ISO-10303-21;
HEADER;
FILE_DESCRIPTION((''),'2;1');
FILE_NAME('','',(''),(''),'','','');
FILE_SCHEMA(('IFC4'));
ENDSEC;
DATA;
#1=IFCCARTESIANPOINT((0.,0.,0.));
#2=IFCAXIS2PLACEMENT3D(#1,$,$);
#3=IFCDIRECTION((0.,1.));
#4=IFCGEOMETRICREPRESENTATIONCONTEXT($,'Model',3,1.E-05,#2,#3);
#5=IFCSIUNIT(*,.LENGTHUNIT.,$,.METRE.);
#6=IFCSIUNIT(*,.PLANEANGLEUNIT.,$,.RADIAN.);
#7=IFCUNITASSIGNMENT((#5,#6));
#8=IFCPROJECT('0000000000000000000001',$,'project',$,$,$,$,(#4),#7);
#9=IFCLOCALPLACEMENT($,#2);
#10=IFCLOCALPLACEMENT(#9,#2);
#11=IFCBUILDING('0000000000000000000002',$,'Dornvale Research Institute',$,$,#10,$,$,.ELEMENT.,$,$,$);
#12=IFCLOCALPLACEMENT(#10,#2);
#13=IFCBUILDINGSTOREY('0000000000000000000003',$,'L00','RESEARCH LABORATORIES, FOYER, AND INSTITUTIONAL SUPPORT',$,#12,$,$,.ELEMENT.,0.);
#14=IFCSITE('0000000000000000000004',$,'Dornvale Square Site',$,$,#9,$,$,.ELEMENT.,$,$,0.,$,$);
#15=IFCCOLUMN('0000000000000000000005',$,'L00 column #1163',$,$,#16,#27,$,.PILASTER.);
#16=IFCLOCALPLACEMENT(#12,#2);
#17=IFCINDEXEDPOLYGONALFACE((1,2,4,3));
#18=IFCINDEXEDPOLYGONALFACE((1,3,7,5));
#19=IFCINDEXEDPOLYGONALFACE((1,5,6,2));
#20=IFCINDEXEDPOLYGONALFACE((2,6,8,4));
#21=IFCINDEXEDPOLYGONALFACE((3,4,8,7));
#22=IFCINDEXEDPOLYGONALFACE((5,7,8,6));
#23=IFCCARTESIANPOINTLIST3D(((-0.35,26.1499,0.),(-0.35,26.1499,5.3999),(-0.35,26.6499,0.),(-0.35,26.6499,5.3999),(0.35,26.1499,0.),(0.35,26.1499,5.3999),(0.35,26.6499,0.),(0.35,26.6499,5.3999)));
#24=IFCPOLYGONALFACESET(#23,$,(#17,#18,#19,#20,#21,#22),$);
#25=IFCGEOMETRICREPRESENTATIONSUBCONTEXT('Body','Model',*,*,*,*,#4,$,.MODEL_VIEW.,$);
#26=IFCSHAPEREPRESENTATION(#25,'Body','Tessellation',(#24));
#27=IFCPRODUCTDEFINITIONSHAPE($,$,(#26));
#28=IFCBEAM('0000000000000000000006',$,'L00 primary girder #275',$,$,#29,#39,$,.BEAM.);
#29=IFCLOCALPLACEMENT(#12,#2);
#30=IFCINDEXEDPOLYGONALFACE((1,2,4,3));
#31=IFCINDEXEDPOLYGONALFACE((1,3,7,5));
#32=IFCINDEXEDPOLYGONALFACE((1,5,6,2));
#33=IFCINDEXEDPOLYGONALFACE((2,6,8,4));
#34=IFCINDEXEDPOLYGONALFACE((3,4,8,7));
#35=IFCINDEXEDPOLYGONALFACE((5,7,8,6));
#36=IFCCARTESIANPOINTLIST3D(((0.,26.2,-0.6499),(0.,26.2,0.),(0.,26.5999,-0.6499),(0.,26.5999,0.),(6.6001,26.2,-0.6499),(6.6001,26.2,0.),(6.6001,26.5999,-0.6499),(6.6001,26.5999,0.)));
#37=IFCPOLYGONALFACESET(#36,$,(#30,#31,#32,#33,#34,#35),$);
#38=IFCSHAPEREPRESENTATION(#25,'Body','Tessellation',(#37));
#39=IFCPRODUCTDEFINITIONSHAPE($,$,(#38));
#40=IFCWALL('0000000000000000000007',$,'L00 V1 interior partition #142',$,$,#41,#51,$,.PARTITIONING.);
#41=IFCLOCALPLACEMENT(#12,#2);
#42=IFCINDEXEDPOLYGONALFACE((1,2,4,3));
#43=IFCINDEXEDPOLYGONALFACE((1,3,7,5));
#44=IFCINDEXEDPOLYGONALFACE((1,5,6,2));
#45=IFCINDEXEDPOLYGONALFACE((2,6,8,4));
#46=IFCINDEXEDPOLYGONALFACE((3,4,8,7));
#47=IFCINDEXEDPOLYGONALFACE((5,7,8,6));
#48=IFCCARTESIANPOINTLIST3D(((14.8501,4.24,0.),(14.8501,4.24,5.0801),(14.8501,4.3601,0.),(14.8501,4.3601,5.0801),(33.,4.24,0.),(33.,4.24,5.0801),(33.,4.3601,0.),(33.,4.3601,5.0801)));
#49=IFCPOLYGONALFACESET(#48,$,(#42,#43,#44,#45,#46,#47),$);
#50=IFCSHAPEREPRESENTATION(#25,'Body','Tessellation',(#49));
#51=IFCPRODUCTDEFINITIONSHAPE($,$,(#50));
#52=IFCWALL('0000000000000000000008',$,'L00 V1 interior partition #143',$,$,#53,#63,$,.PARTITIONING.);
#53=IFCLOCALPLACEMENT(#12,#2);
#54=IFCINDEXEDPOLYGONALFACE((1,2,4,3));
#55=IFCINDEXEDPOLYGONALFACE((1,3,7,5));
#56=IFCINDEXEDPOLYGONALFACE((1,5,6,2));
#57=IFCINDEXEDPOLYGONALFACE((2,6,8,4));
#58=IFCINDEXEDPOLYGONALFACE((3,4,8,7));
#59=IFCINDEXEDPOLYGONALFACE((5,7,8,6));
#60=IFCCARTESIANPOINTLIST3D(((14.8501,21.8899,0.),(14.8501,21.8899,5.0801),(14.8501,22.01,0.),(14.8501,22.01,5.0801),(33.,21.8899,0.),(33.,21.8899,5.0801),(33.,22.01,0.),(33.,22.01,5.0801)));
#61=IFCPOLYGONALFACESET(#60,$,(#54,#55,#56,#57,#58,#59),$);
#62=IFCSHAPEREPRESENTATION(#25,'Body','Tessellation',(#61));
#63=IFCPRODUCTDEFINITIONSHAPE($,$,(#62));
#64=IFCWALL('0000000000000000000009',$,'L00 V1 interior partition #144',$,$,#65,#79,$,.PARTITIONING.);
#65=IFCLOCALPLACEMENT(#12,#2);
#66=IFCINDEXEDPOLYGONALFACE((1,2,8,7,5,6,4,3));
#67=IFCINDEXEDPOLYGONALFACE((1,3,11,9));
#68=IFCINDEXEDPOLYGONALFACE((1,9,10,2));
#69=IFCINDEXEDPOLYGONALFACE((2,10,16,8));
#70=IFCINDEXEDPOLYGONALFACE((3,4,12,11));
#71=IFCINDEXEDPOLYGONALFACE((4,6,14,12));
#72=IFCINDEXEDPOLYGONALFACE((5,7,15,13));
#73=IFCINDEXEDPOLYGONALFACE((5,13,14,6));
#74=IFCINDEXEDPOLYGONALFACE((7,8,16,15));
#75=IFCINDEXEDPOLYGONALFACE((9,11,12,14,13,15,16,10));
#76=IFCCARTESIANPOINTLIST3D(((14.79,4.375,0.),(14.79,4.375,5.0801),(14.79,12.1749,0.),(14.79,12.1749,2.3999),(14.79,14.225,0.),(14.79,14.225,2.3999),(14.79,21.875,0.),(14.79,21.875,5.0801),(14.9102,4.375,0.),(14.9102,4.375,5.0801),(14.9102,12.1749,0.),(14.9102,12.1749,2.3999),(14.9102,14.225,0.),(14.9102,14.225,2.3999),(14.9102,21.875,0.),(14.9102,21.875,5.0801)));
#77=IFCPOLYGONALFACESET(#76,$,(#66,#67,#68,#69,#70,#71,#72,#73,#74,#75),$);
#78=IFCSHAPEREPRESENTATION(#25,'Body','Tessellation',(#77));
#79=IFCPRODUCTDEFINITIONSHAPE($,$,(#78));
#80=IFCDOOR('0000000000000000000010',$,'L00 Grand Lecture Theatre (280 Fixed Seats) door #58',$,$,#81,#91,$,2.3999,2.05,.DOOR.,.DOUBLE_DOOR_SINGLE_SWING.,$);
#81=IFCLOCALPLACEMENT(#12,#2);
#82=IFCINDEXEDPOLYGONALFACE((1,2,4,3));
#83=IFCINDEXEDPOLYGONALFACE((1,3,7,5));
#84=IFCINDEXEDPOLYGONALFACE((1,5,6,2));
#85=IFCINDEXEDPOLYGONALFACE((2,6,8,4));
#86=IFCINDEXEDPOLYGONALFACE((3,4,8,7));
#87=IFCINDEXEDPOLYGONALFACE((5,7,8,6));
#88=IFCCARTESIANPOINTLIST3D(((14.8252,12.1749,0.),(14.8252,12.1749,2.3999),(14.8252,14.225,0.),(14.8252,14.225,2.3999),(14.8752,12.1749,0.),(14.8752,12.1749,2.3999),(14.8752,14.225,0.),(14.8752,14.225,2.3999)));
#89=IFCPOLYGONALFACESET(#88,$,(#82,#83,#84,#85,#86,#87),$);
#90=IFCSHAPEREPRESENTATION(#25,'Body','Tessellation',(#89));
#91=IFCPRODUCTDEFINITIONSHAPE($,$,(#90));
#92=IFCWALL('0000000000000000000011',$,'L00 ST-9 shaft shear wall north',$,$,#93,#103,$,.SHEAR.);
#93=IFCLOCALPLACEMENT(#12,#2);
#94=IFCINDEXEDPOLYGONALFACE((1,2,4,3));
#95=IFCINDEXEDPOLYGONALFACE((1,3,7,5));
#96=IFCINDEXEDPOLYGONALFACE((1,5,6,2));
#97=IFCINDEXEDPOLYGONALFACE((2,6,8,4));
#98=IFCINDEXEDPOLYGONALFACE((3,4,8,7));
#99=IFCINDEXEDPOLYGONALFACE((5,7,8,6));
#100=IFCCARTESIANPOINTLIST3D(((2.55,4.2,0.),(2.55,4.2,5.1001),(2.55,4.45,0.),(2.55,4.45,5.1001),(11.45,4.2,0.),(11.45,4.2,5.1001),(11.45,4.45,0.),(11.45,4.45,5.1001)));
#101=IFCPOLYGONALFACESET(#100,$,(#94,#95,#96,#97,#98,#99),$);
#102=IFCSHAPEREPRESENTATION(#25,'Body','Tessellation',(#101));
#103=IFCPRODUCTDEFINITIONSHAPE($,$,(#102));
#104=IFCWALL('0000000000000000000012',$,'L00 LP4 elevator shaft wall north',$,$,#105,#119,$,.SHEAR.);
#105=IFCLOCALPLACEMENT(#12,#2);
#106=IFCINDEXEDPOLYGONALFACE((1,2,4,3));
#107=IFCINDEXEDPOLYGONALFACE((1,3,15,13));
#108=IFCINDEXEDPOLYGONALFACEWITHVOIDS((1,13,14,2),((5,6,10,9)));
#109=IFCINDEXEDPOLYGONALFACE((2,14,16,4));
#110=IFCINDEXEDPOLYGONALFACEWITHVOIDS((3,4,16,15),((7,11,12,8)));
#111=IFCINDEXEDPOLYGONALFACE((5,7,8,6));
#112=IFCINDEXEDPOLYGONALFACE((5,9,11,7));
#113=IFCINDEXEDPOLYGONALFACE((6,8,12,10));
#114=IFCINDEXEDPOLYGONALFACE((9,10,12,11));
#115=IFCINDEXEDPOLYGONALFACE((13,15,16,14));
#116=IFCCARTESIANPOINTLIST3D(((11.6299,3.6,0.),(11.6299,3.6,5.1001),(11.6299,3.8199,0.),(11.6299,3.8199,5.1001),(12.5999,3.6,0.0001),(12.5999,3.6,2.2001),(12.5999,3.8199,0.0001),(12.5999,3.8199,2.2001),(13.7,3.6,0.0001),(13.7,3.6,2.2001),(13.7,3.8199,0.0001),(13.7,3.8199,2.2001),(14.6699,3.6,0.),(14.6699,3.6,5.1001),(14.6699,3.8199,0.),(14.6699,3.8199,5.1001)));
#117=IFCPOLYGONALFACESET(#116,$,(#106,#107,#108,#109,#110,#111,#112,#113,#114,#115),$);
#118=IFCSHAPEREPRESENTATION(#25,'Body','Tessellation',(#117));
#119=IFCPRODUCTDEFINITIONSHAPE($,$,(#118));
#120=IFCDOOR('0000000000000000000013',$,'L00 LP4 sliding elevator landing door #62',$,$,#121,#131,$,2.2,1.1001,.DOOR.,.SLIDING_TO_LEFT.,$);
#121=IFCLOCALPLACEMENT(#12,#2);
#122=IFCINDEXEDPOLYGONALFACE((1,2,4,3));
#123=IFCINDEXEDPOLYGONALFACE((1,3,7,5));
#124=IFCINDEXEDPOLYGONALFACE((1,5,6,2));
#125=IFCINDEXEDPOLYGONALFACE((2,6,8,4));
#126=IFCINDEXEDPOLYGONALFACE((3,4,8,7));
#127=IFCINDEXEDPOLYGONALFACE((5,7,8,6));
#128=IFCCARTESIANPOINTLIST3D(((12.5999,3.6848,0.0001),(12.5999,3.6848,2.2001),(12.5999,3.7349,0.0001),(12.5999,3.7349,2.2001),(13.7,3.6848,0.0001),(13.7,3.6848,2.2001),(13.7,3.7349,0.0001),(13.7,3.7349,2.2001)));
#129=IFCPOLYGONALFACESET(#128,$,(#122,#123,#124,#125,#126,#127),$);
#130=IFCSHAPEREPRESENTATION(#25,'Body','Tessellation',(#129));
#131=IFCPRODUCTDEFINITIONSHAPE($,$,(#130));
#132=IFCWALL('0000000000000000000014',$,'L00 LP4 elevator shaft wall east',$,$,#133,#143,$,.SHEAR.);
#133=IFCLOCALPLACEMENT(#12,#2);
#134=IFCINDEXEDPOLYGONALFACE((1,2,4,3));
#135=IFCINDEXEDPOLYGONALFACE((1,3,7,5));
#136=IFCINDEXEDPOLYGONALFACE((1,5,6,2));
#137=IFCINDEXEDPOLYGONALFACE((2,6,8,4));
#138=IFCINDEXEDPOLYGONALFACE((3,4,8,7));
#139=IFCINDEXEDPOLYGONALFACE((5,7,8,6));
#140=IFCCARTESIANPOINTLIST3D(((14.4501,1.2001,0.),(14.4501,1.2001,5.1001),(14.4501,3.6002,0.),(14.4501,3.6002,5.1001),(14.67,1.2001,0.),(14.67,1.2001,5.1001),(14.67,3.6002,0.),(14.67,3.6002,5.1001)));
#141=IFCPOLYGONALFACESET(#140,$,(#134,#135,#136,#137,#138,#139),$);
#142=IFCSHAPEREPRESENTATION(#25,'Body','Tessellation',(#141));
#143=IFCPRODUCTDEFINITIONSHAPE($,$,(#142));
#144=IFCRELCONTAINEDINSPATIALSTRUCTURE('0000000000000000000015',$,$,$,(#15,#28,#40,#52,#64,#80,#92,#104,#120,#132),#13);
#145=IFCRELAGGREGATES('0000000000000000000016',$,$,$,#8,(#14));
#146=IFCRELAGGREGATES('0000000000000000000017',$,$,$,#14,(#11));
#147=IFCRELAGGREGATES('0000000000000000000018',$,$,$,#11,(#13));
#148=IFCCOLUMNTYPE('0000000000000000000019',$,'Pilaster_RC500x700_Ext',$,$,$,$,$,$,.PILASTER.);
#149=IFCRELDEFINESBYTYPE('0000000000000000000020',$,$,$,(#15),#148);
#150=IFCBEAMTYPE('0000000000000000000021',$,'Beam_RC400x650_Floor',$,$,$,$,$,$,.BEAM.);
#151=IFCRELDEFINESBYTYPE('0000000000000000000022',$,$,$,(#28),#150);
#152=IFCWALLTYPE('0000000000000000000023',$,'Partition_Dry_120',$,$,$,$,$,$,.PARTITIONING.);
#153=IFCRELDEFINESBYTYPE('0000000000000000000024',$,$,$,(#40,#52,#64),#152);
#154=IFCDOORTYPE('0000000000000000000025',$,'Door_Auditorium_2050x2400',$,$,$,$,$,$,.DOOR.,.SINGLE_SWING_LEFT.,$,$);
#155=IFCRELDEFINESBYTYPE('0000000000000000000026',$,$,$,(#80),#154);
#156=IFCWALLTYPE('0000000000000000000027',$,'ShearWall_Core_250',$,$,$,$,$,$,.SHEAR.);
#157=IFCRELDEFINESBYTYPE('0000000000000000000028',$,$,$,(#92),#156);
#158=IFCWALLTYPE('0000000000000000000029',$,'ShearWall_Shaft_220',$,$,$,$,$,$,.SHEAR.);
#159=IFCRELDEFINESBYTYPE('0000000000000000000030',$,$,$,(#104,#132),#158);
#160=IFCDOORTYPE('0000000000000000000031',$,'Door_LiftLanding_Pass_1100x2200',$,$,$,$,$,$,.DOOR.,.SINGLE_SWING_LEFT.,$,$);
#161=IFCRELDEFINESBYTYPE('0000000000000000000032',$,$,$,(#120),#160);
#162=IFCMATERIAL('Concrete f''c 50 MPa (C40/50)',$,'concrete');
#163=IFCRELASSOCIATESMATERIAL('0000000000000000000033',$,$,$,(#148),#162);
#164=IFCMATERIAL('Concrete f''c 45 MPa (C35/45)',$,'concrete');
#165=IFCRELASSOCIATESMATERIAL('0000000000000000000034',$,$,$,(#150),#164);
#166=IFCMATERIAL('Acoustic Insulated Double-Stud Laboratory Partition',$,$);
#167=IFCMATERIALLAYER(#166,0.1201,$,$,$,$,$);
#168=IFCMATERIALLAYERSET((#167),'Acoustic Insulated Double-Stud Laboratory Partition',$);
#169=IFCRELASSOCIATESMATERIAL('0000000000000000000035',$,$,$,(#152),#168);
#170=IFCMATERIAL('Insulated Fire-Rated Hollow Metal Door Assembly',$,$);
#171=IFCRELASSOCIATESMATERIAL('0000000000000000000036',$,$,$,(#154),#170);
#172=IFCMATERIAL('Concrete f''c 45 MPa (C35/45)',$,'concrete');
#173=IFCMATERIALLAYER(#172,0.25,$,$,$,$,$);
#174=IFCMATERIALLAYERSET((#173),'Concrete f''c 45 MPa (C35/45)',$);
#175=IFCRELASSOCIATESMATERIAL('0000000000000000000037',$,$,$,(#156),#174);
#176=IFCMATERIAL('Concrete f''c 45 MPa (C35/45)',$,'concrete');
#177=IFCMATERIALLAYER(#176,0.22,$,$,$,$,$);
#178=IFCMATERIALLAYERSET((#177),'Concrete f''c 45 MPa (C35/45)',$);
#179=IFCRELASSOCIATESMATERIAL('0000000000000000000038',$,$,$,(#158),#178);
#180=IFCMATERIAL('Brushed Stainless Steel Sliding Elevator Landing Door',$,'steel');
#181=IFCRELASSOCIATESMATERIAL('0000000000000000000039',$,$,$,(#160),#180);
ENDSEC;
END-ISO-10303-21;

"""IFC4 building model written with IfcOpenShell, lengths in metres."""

from ifc_helpers import new_model, si_unit, direction, frame, frame_2d, origin, origin_2d, place, context, subcontext, project, spatial, rectangle, extrude, material, layer, layer_set, material_profile, profile_set, type_object, element, fill, save


model = new_model("IFC4")

# Units and contexts
model_context = context("Model", 3, precision=1e-05, world=origin(), true_north=direction((0.0, 1.0)))
body_context = subcontext(model_context, "Body", "Model", "MODEL_VIEW")
ifc_project = project(units=[si_unit("LENGTHUNIT", "METRE"), si_unit("PLANEANGLEUNIT", "RADIAN")], contexts=[model_context])

# Site, building, storey
site_placement = place(None, origin())
site = spatial("IfcSite", under=ifc_project, at=site_placement, Name="Dornvale Square Site", CompositionType="ELEMENT", RefElevation=0.0)
building_placement = place(site_placement, origin())
building = spatial("IfcBuilding", under=site, at=building_placement, Name="Dornvale Research Institute", CompositionType="ELEMENT")
storey_placement = place(building_placement, origin())
storey = spatial("IfcBuildingStorey", under=building, at=storey_placement, Name="L00", Description="RESEARCH LABORATORIES, FOYER, AND INSTITUTIONAL SUPPORT", CompositionType="ELEMENT", Elevation=0.0)

# Column
ifc_material_1 = material(Name="Concrete f'c 50 MPa (C40/50)", Category="concrete")
ifc_material_profile_1 = material_profile(ifc_material_1, rectangle(XDim=0.5, YDim=0.7, at=origin_2d()), Name="RC 500x700")
ifc_profile_set_1 = profile_set([ifc_material_profile_1], Name="Concrete f'c 50 MPa (C40/50)")
column_type = type_object("IfcColumnType", Name="Pilaster_RC500x700_Ext", PredefinedType="PILASTER", material=ifc_profile_set_1)
column_placement = place(storey_placement, frame((0.0, 26.3999, 0.0), z_axis=(0.0, 0.0, 1.0), x_axis=(0.0, 1.0, 0.0)))
element("IfcColumn", 1, at=column_placement, inside=storey, type_object=column_type, Name="L00 column #1163", PredefinedType="PILASTER", context=body_context, shape_type="SweptSolid", body=[
    extrude(rectangle(XDim=0.5, YDim=0.7, at=origin_2d()), origin(), (0.0, 0.0, 1.0), 5.3999),
])

# Beam
ifc_material_2 = material(Name="Concrete f'c 45 MPa (C35/45)", Category="concrete")
ifc_material_profile_2 = material_profile(ifc_material_2, rectangle(XDim=0.3999, YDim=0.6499, at=origin_2d()), Name="RC 400x650")
ifc_profile_set_2 = profile_set([ifc_material_profile_2], Name="Concrete f'c 45 MPa (C35/45)")
beam_type = type_object("IfcBeamType", Name="Beam_RC400x650_Floor", PredefinedType="BEAM", material=ifc_profile_set_2)
beam_placement = place(storey_placement, frame((0.0, 26.3999, -0.325), z_axis=(1.0, 0.0, 0.0), x_axis=(0.0, 1.0, 0.0)))
element("IfcBeam", 2, at=beam_placement, inside=storey, type_object=beam_type, Name="L00 primary girder #275", PredefinedType="BEAM", context=body_context, shape_type="SweptSolid", body=[
    extrude(rectangle(XDim=0.3999, YDim=0.6499, at=origin_2d()), origin(), (0.0, 0.0, 1.0), 6.6001),
])

# Walls
ifc_material_3 = material(Name="Acoustic Insulated Double-Stud Laboratory Partition")
ifc_layer_1 = layer(ifc_material_3, 0.1201)
ifc_layer_set_1 = layer_set([ifc_layer_1], Name="Acoustic Insulated Double-Stud Laboratory Partition")
wall_type_1 = type_object("IfcWallType", Name="Partition_Dry_120", PredefinedType="PARTITIONING", material=ifc_layer_set_1)
for number, where, z_axis, x_axis, name in (
    (3, (14.8501, 4.3, 0.0), (0.0, 0.0, 1.0), (1.0, 0.0, 0.0), "L00 V1 interior partition #142"),
    (4, (14.8501, 21.95, 0.0), (0.0, 0.0, 1.0), (1.0, 0.0, 0.0), "L00 V1 interior partition #143"),
):
    element("IfcWall", number, at=place(storey_placement, frame(where, z_axis=z_axis, x_axis=x_axis)), inside=storey, type_object=wall_type_1, Name=name, PredefinedType="PARTITIONING", context=body_context, shape_type="SweptSolid", body=[
        extrude(rectangle(XDim=18.1499, YDim=0.1201, at=frame_2d((9.075, 0.0))), origin(), (0.0, 0.0, 1.0), 5.0801),
    ])

# Wall, opening, door
wall_1_placement = place(storey_placement, frame((14.8501, 4.375, 0.0), z_axis=(0.0, 0.0, 1.0), x_axis=(0.0, 1.0, 0.0)))
wall_1 = element("IfcWall", 5, at=wall_1_placement, inside=storey, type_object=wall_type_1, Name="L00 V1 interior partition #144", PredefinedType="PARTITIONING", context=body_context, shape_type="SweptSolid", body=[
    extrude(rectangle(XDim=17.5, YDim=0.1201, at=frame_2d((8.75, 0.0))), origin(), (0.0, 0.0, 1.0), 5.0801),
])
opening_1_placement = place(wall_1_placement, frame((7.8, 0.0, 0.0)))
opening_1 = element("IfcOpeningElement", 6, at=opening_1_placement, cuts=wall_1, PredefinedType="OPENING", context=body_context, shape_type="SweptSolid", body=[
    extrude(rectangle(XDim=2.05, YDim=2.3999, at=frame_2d((1.0249, 1.2))), frame((0.0, 0.075, 0.0), z_axis=(0.0, -1.0, 0.0), x_axis=(1.0, 0.0, 0.0)), (0.0, 0.0, 1.0), 0.1501),
])
ifc_material_4 = material(Name="Insulated Fire-Rated Hollow Metal Door Assembly")
door_type_1 = type_object("IfcDoorType", Name="Door_Auditorium_2050x2400", OperationType="SINGLE_SWING_LEFT", PredefinedType="DOOR", material=ifc_material_4)
door_1_placement = place(opening_1_placement, origin())
door_1 = element("IfcDoor", 7, at=door_1_placement, inside=storey, type_object=door_type_1, Name="L00 Grand Lecture Theatre (280 Fixed Seats) door #58", OperationType="DOUBLE_DOOR_SINGLE_SWING", OverallHeight=2.3999, OverallWidth=2.05, PredefinedType="DOOR", context=body_context, shape_type="SweptSolid", body=[
    extrude(rectangle(XDim=2.05, YDim=2.3999, at=frame_2d((1.0249, 1.2))), frame((0.0, 0.0249, 0.0), z_axis=(0.0, -1.0, 0.0), x_axis=(1.0, 0.0, 0.0)), (0.0, 0.0, 1.0), 0.05),
])
fill(opening_1, door_1)

# Wall
ifc_material_5 = material(Name="Concrete f'c 45 MPa (C35/45)", Category="concrete")
ifc_layer_2 = layer(ifc_material_5, 0.25)
ifc_layer_set_2 = layer_set([ifc_layer_2], Name="Concrete f'c 45 MPa (C35/45)")
wall_type_2 = type_object("IfcWallType", Name="ShearWall_Core_250", PredefinedType="SHEAR", material=ifc_layer_set_2)
wall_2_placement = place(storey_placement, frame((2.55, 4.325, 0.0), z_axis=(0.0, 0.0, 1.0), x_axis=(1.0, 0.0, 0.0)))
element("IfcWall", 8, at=wall_2_placement, inside=storey, type_object=wall_type_2, Name="L00 ST-9 shaft shear wall north", PredefinedType="SHEAR", context=body_context, shape_type="SweptSolid", body=[
    extrude(rectangle(XDim=8.8999, YDim=0.25, at=frame_2d((4.45, 0.0))), origin(), (0.0, 0.0, 1.0), 5.1001),
])

# Wall, opening, door
ifc_material_6 = material(Name="Concrete f'c 45 MPa (C35/45)", Category="concrete")
ifc_layer_3 = layer(ifc_material_6, 0.22)
ifc_layer_set_3 = layer_set([ifc_layer_3], Name="Concrete f'c 45 MPa (C35/45)")
wall_type_3 = type_object("IfcWallType", Name="ShearWall_Shaft_220", PredefinedType="SHEAR", material=ifc_layer_set_3)
wall_3_placement = place(storey_placement, frame((11.6299, 3.71, 0.0), z_axis=(0.0, 0.0, 1.0), x_axis=(1.0, 0.0, 0.0)))
wall_3 = element("IfcWall", 9, at=wall_3_placement, inside=storey, type_object=wall_type_3, Name="L00 LP4 elevator shaft wall north", PredefinedType="SHEAR", context=body_context, shape_type="SweptSolid", body=[
    extrude(rectangle(XDim=3.04, YDim=0.22, at=frame_2d((1.52, 0.0))), origin(), (0.0, 0.0, 1.0), 5.1001),
])
opening_2_placement = place(wall_3_placement, frame((0.97, 0.0, 0.0)))
opening_2 = element("IfcOpeningElement", 10, at=opening_2_placement, cuts=wall_3, PredefinedType="OPENING", context=body_context, shape_type="SweptSolid", body=[
    extrude(rectangle(XDim=1.1001, YDim=2.2, at=frame_2d((0.55, 1.1001))), frame((0.0, 0.125, 0.0), z_axis=(0.0, -1.0, 0.0), x_axis=(1.0, 0.0, 0.0)), (0.0, 0.0, 1.0), 0.25),
])
ifc_material_7 = material(Name="Brushed Stainless Steel Sliding Elevator Landing Door", Category="steel")
door_type_2 = type_object("IfcDoorType", Name="Door_LiftLanding_Pass_1100x2200", OperationType="SINGLE_SWING_LEFT", PredefinedType="DOOR", material=ifc_material_7)
door_2_placement = place(opening_2_placement, origin())
door_2 = element("IfcDoor", 11, at=door_2_placement, inside=storey, type_object=door_type_2, Name="L00 LP4 sliding elevator landing door #62", OperationType="SLIDING_TO_LEFT", OverallHeight=2.2, OverallWidth=1.1001, PredefinedType="DOOR", context=body_context, shape_type="SweptSolid", body=[
    extrude(rectangle(XDim=1.1001, YDim=2.2, at=frame_2d((0.55, 1.1001))), frame((0.0, 0.0249, 0.0), z_axis=(0.0, -1.0, 0.0), x_axis=(1.0, 0.0, 0.0)), (0.0, 0.0, 1.0), 0.05),
])
fill(opening_2, door_2)

# Wall
wall_4_placement = place(storey_placement, frame((14.5601, 1.2, 0.0), z_axis=(0.0, 0.0, 1.0), x_axis=(0.0, 1.0, 0.0)))
element("IfcWall", 12, at=wall_4_placement, inside=storey, type_object=wall_type_3, Name="L00 LP4 elevator shaft wall east", PredefinedType="SHEAR", context=body_context, shape_type="SweptSolid", body=[
    extrude(rectangle(XDim=2.4001, YDim=0.22, at=frame_2d((1.2002, 0.0))), origin(), (0.0, 0.0, 1.0), 5.1001),
])

save(model, "model.ifc")
